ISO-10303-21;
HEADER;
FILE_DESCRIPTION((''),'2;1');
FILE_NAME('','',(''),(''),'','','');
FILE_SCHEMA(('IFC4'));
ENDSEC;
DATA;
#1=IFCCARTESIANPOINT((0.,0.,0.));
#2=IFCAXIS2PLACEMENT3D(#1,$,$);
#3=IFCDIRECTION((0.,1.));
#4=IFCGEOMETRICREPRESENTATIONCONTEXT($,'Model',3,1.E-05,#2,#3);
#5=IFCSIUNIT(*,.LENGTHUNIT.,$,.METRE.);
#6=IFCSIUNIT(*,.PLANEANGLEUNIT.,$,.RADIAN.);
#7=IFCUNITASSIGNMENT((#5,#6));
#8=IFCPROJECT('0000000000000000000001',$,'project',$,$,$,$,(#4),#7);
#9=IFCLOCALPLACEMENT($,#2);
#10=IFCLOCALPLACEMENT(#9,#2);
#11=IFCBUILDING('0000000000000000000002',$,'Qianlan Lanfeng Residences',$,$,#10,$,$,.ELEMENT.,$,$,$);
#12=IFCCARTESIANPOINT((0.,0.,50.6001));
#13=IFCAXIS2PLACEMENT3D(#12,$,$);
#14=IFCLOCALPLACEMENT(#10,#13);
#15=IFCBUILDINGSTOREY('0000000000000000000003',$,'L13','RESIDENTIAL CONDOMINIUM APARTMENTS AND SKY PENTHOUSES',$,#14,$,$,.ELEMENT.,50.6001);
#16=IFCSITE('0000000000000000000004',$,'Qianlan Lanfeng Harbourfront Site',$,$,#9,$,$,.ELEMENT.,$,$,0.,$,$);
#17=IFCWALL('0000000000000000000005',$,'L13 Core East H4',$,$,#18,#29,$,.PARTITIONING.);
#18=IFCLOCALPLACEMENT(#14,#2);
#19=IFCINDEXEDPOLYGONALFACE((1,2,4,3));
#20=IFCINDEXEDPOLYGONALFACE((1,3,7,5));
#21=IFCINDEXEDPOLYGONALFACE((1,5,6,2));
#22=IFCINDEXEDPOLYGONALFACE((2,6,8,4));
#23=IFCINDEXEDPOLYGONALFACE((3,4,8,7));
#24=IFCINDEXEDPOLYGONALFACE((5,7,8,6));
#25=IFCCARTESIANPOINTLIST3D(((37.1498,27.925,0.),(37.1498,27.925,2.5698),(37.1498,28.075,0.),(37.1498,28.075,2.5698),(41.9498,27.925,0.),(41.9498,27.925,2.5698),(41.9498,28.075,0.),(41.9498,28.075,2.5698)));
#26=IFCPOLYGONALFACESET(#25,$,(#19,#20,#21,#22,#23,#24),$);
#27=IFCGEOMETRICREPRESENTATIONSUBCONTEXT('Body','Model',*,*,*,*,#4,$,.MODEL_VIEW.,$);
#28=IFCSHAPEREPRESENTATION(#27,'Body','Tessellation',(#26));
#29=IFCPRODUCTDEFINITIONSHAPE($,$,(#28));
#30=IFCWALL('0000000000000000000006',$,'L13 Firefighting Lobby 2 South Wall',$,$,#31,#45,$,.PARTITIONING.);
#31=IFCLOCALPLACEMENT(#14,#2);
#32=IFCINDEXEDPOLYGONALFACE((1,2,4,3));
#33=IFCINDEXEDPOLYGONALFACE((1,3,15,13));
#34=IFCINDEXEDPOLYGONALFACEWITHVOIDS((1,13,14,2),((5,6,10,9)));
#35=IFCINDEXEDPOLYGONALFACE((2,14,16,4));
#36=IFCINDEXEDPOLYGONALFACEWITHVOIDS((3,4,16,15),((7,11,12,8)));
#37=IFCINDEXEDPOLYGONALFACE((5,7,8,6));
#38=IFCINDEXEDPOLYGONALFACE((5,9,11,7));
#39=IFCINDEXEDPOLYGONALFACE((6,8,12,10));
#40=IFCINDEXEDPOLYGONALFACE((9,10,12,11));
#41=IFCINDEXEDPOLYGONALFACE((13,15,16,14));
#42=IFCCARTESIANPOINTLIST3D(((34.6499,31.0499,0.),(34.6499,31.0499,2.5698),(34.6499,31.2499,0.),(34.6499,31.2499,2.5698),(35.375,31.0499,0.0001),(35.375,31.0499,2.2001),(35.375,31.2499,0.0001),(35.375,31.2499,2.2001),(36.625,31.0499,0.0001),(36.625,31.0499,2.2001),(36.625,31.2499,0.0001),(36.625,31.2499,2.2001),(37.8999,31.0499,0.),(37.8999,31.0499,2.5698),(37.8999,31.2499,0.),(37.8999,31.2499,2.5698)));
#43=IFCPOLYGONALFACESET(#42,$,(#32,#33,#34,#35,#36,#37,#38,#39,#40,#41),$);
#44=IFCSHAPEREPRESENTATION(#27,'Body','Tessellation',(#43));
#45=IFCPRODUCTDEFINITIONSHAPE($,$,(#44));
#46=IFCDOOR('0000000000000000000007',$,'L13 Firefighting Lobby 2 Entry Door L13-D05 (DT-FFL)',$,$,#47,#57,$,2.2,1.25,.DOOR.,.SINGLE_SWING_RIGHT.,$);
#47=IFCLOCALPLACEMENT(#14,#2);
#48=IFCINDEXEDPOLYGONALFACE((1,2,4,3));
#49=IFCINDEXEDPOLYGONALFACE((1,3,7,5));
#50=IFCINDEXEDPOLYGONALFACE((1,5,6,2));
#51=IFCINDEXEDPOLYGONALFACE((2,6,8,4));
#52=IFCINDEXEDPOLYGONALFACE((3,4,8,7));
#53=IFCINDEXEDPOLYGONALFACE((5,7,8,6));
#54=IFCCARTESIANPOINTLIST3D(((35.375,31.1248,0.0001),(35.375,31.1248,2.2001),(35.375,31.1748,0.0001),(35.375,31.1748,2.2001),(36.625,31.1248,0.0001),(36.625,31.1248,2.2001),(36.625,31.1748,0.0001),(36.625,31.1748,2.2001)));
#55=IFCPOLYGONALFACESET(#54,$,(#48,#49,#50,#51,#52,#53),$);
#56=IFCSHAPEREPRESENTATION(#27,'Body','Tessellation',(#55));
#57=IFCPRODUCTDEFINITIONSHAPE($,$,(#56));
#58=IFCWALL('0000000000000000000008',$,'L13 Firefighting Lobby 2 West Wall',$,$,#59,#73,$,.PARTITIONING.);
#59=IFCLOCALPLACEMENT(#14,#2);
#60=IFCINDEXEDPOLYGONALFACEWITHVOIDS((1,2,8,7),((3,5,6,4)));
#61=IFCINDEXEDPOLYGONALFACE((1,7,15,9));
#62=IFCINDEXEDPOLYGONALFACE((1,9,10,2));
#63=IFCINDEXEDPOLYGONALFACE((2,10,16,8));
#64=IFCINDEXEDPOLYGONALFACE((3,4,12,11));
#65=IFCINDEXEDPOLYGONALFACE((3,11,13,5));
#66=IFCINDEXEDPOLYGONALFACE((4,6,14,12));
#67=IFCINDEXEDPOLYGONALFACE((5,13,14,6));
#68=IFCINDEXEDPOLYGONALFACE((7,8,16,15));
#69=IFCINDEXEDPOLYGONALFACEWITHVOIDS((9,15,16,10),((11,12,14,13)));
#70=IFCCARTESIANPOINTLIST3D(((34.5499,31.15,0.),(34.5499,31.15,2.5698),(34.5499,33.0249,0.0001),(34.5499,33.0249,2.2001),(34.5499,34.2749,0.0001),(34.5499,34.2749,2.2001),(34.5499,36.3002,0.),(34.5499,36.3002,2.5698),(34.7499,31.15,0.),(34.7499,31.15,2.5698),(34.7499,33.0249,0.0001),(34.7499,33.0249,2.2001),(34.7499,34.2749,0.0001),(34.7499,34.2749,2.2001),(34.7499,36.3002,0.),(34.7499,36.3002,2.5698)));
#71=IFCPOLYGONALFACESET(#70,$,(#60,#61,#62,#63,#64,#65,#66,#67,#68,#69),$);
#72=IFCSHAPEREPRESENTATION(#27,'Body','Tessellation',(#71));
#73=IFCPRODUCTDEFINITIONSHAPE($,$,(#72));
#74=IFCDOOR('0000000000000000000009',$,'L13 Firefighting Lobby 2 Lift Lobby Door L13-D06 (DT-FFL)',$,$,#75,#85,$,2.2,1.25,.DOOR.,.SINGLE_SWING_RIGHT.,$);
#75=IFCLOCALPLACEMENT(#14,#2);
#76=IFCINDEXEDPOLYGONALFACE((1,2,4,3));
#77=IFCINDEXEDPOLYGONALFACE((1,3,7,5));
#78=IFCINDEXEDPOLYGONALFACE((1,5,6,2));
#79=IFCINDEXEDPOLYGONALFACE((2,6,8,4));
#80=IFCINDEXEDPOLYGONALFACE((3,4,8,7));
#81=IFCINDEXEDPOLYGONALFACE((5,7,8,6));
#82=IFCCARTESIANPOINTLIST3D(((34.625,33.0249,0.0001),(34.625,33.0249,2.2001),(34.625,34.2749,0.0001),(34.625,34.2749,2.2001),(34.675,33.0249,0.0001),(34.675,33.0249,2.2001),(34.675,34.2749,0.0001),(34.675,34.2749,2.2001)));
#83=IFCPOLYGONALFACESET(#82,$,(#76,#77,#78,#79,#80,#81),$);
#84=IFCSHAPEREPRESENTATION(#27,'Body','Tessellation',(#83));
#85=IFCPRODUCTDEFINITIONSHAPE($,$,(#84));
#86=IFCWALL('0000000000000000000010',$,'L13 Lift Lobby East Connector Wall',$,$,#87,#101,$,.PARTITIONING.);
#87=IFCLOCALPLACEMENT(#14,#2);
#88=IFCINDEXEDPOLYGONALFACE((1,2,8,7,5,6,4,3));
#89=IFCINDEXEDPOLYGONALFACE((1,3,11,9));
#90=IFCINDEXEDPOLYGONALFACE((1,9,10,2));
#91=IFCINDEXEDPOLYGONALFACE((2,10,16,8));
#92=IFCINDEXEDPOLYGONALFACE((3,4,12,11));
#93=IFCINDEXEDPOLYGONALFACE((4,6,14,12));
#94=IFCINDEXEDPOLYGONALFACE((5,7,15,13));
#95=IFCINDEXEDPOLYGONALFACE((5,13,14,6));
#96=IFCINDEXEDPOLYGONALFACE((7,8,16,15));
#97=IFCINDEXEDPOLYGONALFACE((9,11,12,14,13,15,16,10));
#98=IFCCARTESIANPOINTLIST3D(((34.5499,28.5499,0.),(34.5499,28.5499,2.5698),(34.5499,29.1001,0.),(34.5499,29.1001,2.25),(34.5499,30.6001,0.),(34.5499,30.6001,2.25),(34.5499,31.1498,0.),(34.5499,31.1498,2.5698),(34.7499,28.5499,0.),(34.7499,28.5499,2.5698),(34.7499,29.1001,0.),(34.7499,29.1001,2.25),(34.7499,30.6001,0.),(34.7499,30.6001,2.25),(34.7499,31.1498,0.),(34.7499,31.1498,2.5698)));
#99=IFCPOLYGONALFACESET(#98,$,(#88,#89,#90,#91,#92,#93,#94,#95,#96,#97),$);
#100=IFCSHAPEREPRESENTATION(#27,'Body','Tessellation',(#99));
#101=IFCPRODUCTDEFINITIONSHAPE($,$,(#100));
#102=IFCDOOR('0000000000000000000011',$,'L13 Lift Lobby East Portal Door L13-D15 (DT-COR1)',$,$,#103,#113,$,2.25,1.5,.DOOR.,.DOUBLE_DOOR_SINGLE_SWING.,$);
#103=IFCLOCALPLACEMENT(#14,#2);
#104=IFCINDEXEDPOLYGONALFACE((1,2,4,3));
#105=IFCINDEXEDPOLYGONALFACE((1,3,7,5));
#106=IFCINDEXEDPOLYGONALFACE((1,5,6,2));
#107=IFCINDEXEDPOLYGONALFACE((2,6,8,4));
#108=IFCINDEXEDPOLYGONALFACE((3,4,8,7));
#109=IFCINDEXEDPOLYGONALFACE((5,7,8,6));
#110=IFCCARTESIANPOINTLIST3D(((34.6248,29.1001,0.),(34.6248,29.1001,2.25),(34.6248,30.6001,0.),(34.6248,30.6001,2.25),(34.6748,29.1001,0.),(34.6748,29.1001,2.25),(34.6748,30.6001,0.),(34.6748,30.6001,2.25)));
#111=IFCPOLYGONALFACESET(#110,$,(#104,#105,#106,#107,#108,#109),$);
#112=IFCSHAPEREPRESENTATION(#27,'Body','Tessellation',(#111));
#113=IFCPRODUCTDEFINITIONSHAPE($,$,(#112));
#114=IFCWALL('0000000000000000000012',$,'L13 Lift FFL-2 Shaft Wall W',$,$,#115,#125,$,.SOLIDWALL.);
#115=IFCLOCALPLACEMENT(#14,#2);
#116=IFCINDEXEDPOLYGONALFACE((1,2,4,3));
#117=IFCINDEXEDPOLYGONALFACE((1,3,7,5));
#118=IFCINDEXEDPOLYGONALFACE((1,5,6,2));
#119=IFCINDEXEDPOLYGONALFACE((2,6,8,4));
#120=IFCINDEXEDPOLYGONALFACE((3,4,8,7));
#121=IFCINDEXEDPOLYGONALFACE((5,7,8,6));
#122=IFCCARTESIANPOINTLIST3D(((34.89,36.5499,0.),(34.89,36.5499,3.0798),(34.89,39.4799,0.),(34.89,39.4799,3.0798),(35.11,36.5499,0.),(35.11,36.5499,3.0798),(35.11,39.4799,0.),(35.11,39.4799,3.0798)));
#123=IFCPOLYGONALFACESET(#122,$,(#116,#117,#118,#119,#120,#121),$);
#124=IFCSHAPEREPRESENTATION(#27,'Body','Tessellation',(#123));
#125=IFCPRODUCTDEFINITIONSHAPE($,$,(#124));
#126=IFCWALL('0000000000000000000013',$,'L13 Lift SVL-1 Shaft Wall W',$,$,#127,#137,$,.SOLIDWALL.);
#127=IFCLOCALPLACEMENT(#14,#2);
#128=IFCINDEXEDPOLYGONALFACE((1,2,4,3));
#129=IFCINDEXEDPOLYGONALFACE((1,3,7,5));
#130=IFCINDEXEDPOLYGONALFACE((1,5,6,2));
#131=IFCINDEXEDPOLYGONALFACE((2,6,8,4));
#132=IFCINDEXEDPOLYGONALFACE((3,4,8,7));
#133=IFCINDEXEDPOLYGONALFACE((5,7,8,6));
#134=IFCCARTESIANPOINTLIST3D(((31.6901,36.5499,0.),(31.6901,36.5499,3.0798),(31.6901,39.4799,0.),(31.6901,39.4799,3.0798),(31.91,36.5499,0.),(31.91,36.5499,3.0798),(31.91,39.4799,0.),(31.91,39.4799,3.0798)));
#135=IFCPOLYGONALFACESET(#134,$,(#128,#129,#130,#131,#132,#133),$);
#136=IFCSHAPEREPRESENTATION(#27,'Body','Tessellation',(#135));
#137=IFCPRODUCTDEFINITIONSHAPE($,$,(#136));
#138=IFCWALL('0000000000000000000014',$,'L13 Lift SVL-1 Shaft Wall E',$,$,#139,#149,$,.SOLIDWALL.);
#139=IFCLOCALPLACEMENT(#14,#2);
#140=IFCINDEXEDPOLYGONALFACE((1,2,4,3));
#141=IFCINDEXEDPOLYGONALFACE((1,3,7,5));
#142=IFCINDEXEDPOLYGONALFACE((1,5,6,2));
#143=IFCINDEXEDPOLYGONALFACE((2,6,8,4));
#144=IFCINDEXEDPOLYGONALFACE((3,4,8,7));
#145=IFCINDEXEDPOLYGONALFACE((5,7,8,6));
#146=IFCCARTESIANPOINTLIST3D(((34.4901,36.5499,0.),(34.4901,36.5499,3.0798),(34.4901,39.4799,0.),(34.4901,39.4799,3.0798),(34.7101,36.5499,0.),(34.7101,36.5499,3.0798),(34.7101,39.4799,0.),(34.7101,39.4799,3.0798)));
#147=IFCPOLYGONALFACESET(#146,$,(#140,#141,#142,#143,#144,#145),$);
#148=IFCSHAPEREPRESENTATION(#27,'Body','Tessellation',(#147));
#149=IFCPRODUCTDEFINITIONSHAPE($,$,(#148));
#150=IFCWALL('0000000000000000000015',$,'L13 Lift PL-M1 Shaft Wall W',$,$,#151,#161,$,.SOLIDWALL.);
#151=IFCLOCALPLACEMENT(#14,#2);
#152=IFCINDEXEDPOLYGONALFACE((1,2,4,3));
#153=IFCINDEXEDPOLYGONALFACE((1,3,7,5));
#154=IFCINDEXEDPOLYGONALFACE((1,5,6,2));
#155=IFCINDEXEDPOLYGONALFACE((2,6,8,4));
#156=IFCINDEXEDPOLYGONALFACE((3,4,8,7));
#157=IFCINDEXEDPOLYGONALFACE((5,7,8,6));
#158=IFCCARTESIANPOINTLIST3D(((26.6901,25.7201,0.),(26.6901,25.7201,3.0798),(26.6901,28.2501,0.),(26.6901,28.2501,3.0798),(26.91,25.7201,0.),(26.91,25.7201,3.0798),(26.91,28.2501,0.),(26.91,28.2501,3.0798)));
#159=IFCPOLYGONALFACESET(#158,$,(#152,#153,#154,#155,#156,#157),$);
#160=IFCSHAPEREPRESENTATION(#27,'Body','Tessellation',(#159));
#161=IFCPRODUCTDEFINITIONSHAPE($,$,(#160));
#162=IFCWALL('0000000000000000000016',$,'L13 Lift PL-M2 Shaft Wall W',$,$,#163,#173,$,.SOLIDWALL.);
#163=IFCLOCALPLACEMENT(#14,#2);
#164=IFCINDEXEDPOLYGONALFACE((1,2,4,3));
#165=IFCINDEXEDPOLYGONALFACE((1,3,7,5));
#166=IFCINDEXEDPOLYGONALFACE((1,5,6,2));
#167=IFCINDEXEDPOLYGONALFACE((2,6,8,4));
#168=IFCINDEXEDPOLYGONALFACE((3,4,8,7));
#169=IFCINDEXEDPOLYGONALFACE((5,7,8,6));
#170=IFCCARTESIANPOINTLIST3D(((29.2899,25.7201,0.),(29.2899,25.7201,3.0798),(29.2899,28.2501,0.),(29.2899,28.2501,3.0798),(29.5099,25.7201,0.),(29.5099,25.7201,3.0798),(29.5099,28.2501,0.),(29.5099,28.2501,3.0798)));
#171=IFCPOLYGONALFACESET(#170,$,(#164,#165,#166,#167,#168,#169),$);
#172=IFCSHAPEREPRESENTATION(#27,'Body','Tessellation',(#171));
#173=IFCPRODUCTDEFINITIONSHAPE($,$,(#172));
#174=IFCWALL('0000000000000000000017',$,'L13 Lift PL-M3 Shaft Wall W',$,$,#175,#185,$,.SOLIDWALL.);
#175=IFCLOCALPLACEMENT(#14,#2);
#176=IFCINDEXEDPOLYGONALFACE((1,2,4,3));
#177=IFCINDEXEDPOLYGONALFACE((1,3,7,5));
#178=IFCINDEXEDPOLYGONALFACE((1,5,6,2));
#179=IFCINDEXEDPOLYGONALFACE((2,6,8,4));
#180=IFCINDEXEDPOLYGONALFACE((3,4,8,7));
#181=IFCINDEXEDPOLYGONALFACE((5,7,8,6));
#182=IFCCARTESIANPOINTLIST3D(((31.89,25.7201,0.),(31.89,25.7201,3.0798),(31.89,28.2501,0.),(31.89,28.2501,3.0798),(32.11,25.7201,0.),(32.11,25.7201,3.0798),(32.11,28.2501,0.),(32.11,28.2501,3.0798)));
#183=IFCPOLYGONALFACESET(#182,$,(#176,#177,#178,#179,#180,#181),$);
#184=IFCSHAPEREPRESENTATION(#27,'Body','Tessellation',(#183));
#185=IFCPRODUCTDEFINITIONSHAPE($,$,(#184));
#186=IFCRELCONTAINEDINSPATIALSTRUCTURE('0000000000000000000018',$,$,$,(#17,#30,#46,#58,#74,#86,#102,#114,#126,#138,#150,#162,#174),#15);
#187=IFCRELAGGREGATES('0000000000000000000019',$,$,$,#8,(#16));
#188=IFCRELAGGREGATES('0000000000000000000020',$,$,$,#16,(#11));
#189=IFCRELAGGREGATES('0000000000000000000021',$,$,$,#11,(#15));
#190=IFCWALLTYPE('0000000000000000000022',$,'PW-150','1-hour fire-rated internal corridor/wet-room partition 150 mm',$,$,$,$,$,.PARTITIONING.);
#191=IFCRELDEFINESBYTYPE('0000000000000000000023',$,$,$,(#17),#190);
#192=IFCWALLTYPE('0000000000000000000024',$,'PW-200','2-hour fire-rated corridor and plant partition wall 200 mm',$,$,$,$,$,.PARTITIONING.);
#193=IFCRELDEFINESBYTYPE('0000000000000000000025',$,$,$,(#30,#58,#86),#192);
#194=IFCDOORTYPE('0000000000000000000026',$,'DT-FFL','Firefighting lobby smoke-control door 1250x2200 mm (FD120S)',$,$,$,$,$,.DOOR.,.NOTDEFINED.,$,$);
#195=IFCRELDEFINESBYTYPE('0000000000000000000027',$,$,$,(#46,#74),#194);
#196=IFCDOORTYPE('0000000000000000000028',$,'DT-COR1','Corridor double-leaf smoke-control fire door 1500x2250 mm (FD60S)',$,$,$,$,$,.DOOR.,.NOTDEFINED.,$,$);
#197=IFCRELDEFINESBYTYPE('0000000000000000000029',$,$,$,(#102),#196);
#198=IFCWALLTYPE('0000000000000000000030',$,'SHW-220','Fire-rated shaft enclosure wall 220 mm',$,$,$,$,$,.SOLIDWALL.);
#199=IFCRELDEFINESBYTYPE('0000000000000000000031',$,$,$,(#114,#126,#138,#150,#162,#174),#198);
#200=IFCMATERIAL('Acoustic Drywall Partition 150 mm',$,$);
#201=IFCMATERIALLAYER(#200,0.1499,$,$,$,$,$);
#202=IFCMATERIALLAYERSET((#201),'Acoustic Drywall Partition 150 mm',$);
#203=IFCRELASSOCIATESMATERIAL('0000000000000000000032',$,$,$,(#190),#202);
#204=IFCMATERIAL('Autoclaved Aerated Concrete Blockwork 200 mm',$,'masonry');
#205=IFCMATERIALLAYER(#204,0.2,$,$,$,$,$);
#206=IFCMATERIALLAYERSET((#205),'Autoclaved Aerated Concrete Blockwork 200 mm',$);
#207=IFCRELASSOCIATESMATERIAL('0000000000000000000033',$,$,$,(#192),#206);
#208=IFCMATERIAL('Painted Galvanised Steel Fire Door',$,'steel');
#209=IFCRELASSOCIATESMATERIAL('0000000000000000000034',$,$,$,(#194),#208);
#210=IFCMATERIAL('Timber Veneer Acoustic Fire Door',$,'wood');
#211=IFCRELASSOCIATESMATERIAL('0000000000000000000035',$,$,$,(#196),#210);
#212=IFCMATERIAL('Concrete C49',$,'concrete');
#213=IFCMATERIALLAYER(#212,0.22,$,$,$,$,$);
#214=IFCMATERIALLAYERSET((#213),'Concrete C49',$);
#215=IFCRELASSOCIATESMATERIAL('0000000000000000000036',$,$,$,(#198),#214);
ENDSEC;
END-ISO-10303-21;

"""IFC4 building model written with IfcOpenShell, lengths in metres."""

from ifc_helpers import new_model, si_unit, direction, frame, frame_2d, origin, place, context, subcontext, project, spatial, rectangle, extrude, material, layer, layer_set, type_object, element, fill, save


model = new_model("IFC4")

# Units and contexts
model_context = context("Model", 3, precision=1e-05, world=origin(), true_north=direction((0.0, 1.0)))
body_context = subcontext(model_context, "Body", "Model", "MODEL_VIEW")
ifc_project = project(units=[si_unit("LENGTHUNIT", "METRE"), si_unit("PLANEANGLEUNIT", "RADIAN")], contexts=[model_context])

# Site, building, storey
site_placement = place(None, origin())
site = spatial("IfcSite", under=ifc_project, at=site_placement, Name="Qianlan Lanfeng Harbourfront Site", CompositionType="ELEMENT", RefElevation=0.0)
building_placement = place(site_placement, origin())
building = spatial("IfcBuilding", under=site, at=building_placement, Name="Qianlan Lanfeng Residences", CompositionType="ELEMENT")
storey_placement = place(building_placement, frame((0.0, 0.0, 50.6001)))
storey = spatial("IfcBuildingStorey", under=building, at=storey_placement, Name="L13", Description="RESIDENTIAL CONDOMINIUM APARTMENTS AND SKY PENTHOUSES", CompositionType="ELEMENT", Elevation=50.6001)

# Wall
ifc_material_1 = material(Name="Acoustic Drywall Partition 150 mm")
ifc_layer_1 = layer(ifc_material_1, 0.1499)
ifc_layer_set_1 = layer_set([ifc_layer_1], Name="Acoustic Drywall Partition 150 mm")
wall_type_1 = type_object("IfcWallType", Name="PW-150", Description="1-hour fire-rated internal corridor/wet-room partition 150 mm", PredefinedType="PARTITIONING", material=ifc_layer_set_1)
wall_1_placement = place(storey_placement, frame((37.1499, 28.0, 0.0), z_axis=(0.0, 0.0, 1.0), x_axis=(1.0, 0.0, 0.0)))
element("IfcWall", 1, at=wall_1_placement, inside=storey, type_object=wall_type_1, Name="L13 Core East H4", PredefinedType="PARTITIONING", context=body_context, shape_type="SweptSolid", body=[
    extrude(rectangle(XDim=4.8, YDim=0.1499, at=frame_2d((2.3999, 0.0))), origin(), (0.0, 0.0, 1.0), 2.5698),
])

# Walls, openings, doors
ifc_material_2 = material(Name="Autoclaved Aerated Concrete Blockwork 200 mm", Category="masonry")
ifc_layer_2 = layer(ifc_material_2, 0.2)
ifc_layer_set_2 = layer_set([ifc_layer_2], Name="Autoclaved Aerated Concrete Blockwork 200 mm")
wall_type_2 = type_object("IfcWallType", Name="PW-200", Description="2-hour fire-rated corridor and plant partition wall 200 mm", PredefinedType="PARTITIONING", material=ifc_layer_set_2)
wall_2_placement = place(storey_placement, frame((34.6499, 31.1499, 0.0), z_axis=(0.0, 0.0, 1.0), x_axis=(1.0, 0.0, 0.0)))
wall_2 = element("IfcWall", 2, at=wall_2_placement, inside=storey, type_object=wall_type_2, Name="L13 Firefighting Lobby 2 South Wall", PredefinedType="PARTITIONING", context=body_context, shape_type="SweptSolid", body=[
    extrude(rectangle(XDim=3.25, YDim=0.2, at=frame_2d((1.625, 0.0))), origin(), (0.0, 0.0, 1.0), 2.5698),
])
opening_1_placement = place(wall_2_placement, frame((0.7251, 0.0, 0.0)))
opening_1 = element("IfcOpeningElement", 3, at=opening_1_placement, cuts=wall_2, PredefinedType="OPENING", context=body_context, shape_type="SweptSolid", body=[
    extrude(rectangle(XDim=1.25, YDim=2.2, at=frame_2d((0.625, 1.1001))), frame((0.0, 0.1099, 0.0), z_axis=(0.0, -1.0, 0.0), x_axis=(1.0, 0.0, 0.0)), (0.0, 0.0, 1.0), 0.22),
])
ifc_material_3 = material(Name="Painted Galvanised Steel Fire Door", Category="steel")
door_type_1 = type_object("IfcDoorType", Name="DT-FFL", Description="Firefighting lobby smoke-control door 1250x2200 mm (FD120S)", OperationType="NOTDEFINED", PredefinedType="DOOR", material=ifc_material_3)
door_1_placement = place(opening_1_placement, origin())
door_1 = element("IfcDoor", 4, at=door_1_placement, inside=storey, type_object=door_type_1, Name="L13 Firefighting Lobby 2 Entry Door L13-D05 (DT-FFL)", OperationType="SINGLE_SWING_RIGHT", OverallHeight=2.2, OverallWidth=1.25, PredefinedType="DOOR", context=body_context, shape_type="SweptSolid", body=[
    extrude(rectangle(XDim=1.25, YDim=2.2, at=frame_2d((0.625, 1.1001))), frame((0.0, 0.0249, 0.0), z_axis=(0.0, -1.0, 0.0), x_axis=(1.0, 0.0, 0.0)), (0.0, 0.0, 1.0), 0.05),
])
fill(opening_1, door_1)
wall_3_placement = place(storey_placement, frame((34.6499, 31.1499, 0.0), z_axis=(0.0, 0.0, 1.0), x_axis=(0.0, 1.0, 0.0)))
wall_3 = element("IfcWall", 5, at=wall_3_placement, inside=storey, type_object=wall_type_2, Name="L13 Firefighting Lobby 2 West Wall", PredefinedType="PARTITIONING", context=body_context, shape_type="SweptSolid", body=[
    extrude(rectangle(XDim=5.1501, YDim=0.2, at=frame_2d((2.5752, 0.0))), origin(), (0.0, 0.0, 1.0), 2.5698),
])
opening_2_placement = place(wall_3_placement, frame((1.875, 0.0, 0.0)))
opening_2 = element("IfcOpeningElement", 6, at=opening_2_placement, cuts=wall_3, PredefinedType="OPENING", context=body_context, shape_type="SweptSolid", body=[
    extrude(rectangle(XDim=1.25, YDim=2.2, at=frame_2d((0.625, 1.1001))), frame((0.0, 0.1099, 0.0), z_axis=(0.0, -1.0, 0.0), x_axis=(1.0, 0.0, 0.0)), (0.0, 0.0, 1.0), 0.22),
])
door_2_placement = place(opening_2_placement, origin())
door_2 = element("IfcDoor", 7, at=door_2_placement, inside=storey, type_object=door_type_1, Name="L13 Firefighting Lobby 2 Lift Lobby Door L13-D06 (DT-FFL)", OperationType="SINGLE_SWING_RIGHT", OverallHeight=2.2, OverallWidth=1.25, PredefinedType="DOOR", context=body_context, shape_type="SweptSolid", body=[
    extrude(rectangle(XDim=1.25, YDim=2.2, at=frame_2d((0.625, 1.1001))), frame((0.0, 0.0249, 0.0), z_axis=(0.0, -1.0, 0.0), x_axis=(1.0, 0.0, 0.0)), (0.0, 0.0, 1.0), 0.05),
])
fill(opening_2, door_2)
wall_4_placement = place(storey_placement, frame((34.6499, 28.55, 0.0), z_axis=(0.0, 0.0, 1.0), x_axis=(0.0, 1.0, 0.0)))
wall_4 = element("IfcWall", 8, at=wall_4_placement, inside=storey, type_object=wall_type_2, Name="L13 Lift Lobby East Connector Wall", PredefinedType="PARTITIONING", context=body_context, shape_type="SweptSolid", body=[
    extrude(rectangle(XDim=2.5999, YDim=0.2, at=frame_2d((1.2998, 0.0))), origin(), (0.0, 0.0, 1.0), 2.5698),
])
opening_3_placement = place(wall_4_placement, frame((0.55, 0.0, 0.0)))
opening_3 = element("IfcOpeningElement", 9, at=opening_3_placement, cuts=wall_4, PredefinedType="OPENING", context=body_context, shape_type="SweptSolid", body=[
    extrude(rectangle(XDim=1.5, YDim=2.25, at=frame_2d((0.75, 1.125))), frame((0.0, 0.1099, 0.0), z_axis=(0.0, -1.0, 0.0), x_axis=(1.0, 0.0, 0.0)), (0.0, 0.0, 1.0), 0.22),
])
ifc_material_4 = material(Name="Timber Veneer Acoustic Fire Door", Category="wood")
door_type_2 = type_object("IfcDoorType", Name="DT-COR1", Description="Corridor double-leaf smoke-control fire door 1500x2250 mm (FD60S)", OperationType="NOTDEFINED", PredefinedType="DOOR", material=ifc_material_4)
door_3_placement = place(opening_3_placement, frame((1.5, 0.0, 0.0), z_axis=(0.0, 0.0, 1.0), x_axis=(-1.0, 0.0, 0.0)))
door_3 = element("IfcDoor", 10, at=door_3_placement, inside=storey, type_object=door_type_2, Name="L13 Lift Lobby East Portal Door L13-D15 (DT-COR1)", OperationType="DOUBLE_DOOR_SINGLE_SWING", OverallHeight=2.25, OverallWidth=1.5, PredefinedType="DOOR", context=body_context, shape_type="SweptSolid", body=[
    extrude(rectangle(XDim=1.5, YDim=2.25, at=frame_2d((0.75, 1.125))), frame((0.0, 0.0249, 0.0), z_axis=(0.0, -1.0, 0.0), x_axis=(1.0, 0.0, 0.0)), (0.0, 0.0, 1.0), 0.05),
])
fill(opening_3, door_3)

# Walls
ifc_material_5 = material(Name="Concrete C49", Category="concrete")
ifc_layer_3 = layer(ifc_material_5, 0.22)
ifc_layer_set_3 = layer_set([ifc_layer_3], Name="Concrete C49")
wall_type_3 = type_object("IfcWallType", Name="SHW-220", Description="Fire-rated shaft enclosure wall 220 mm", PredefinedType="SOLIDWALL", material=ifc_layer_set_3)
for number, where, z_axis, x_axis, name in (
    (11, (35.0, 36.55, 0.0), (0.0, 0.0, 1.0), (0.0, 1.0, 0.0), "L13 Lift FFL-2 Shaft Wall W"),
    (12, (31.8, 36.55, 0.0), (0.0, 0.0, 1.0), (0.0, 1.0, 0.0), "L13 Lift SVL-1 Shaft Wall W"),
    (13, (34.6001, 36.55, 0.0), (0.0, 0.0, 1.0), (0.0, 1.0, 0.0), "L13 Lift SVL-1 Shaft Wall E"),
):
    element("IfcWall", number, at=place(storey_placement, frame(where, z_axis=z_axis, x_axis=x_axis)), inside=storey, type_object=wall_type_3, Name=name, PredefinedType="SOLIDWALL", context=body_context, shape_type="SweptSolid", body=[
        extrude(rectangle(XDim=2.9299, YDim=0.22, at=frame_2d((1.4648, 0.0))), origin(), (0.0, 0.0, 1.0), 3.0798),
    ])
for number, where, z_axis, x_axis, name in (
    (14, (26.8, 25.72, 0.0), (0.0, 0.0, 1.0), (0.0, 1.0, 0.0), "L13 Lift PL-M1 Shaft Wall W"),
    (15, (29.3999, 25.72, 0.0), (0.0, 0.0, 1.0), (0.0, 1.0, 0.0), "L13 Lift PL-M2 Shaft Wall W"),
    (16, (32.0, 25.72, 0.0), (0.0, 0.0, 1.0), (0.0, 1.0, 0.0), "L13 Lift PL-M3 Shaft Wall W"),
):
    element("IfcWall", number, at=place(storey_placement, frame(where, z_axis=z_axis, x_axis=x_axis)), inside=storey, type_object=wall_type_3, Name=name, PredefinedType="SOLIDWALL", context=body_context, shape_type="SweptSolid", body=[
        extrude(rectangle(XDim=2.53, YDim=0.22, at=frame_2d((1.2651, 0.0))), origin(), (0.0, 0.0, 1.0), 3.0798),
    ])

save(model, "model.ifc")
